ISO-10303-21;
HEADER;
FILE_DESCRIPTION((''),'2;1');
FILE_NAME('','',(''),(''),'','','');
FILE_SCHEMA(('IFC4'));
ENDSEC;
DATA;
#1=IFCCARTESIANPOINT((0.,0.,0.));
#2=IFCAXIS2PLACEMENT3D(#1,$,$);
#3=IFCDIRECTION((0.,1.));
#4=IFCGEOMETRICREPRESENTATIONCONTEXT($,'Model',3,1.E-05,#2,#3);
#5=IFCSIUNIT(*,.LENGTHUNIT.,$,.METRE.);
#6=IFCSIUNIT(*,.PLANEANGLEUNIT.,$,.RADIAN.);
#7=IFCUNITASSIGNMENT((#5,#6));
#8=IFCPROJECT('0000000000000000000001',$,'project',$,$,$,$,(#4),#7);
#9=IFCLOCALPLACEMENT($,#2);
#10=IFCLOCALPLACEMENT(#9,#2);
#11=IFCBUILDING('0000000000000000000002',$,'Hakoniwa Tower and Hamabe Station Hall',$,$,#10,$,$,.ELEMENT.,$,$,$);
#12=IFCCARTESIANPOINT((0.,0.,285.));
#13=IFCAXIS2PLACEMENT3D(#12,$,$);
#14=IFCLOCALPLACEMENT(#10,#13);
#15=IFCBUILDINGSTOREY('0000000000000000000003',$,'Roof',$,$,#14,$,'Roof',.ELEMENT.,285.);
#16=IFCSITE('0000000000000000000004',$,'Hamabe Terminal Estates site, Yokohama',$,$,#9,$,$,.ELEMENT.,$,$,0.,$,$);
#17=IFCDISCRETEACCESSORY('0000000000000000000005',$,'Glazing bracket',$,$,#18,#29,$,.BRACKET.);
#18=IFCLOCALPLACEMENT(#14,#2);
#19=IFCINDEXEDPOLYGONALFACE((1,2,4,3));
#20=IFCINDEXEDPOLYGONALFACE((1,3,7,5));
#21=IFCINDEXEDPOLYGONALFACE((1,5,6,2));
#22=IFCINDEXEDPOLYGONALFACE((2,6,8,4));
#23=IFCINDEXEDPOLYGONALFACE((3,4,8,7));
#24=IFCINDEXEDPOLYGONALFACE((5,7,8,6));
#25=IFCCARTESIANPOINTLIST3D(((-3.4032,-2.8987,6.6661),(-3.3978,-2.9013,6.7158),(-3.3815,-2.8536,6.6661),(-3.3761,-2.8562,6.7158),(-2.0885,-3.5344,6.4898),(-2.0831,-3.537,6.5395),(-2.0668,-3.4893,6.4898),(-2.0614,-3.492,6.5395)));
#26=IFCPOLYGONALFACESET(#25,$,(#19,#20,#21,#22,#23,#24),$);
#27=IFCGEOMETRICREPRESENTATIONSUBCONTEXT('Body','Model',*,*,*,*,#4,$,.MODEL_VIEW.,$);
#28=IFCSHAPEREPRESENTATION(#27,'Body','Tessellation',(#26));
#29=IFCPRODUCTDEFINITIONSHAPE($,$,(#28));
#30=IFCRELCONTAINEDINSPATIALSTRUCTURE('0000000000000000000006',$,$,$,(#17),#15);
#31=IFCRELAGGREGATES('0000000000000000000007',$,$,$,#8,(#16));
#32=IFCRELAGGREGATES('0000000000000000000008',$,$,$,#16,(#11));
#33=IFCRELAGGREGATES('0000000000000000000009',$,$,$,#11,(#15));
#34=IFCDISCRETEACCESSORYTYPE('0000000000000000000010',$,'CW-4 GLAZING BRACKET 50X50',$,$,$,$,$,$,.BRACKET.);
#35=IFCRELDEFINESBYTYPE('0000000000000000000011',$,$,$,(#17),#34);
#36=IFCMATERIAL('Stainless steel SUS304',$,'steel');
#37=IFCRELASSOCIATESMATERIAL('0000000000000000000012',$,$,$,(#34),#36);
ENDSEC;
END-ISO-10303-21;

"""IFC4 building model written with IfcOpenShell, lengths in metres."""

from ifc_helpers import new_model, si_unit, direction, frame, origin, origin_2d, place, context, subcontext, project, spatial, rectangle, extrude, material, material_profile, profile_set, type_object, element, save


model = new_model("IFC4")

# Units and contexts
model_context = context("Model", 3, precision=1e-05, world=origin(), true_north=direction((0.0, 1.0)))
body_context = subcontext(model_context, "Body", "Model", "MODEL_VIEW")
ifc_project = project(units=[si_unit("LENGTHUNIT", "METRE"), si_unit("PLANEANGLEUNIT", "RADIAN")], contexts=[model_context])

# Site, building, storey
site_placement = place(None, origin())
site = spatial("IfcSite", under=ifc_project, at=site_placement, Name="Hamabe Terminal Estates site, Yokohama", CompositionType="ELEMENT", RefElevation=0.0)
building_placement = place(site_placement, origin())
building = spatial("IfcBuilding", under=site, at=building_placement, Name="Hakoniwa Tower and Hamabe Station Hall", CompositionType="ELEMENT")
storey_placement = place(building_placement, frame((0.0, 0.0, 285.0)))
storey = spatial("IfcBuildingStorey", under=building, at=storey_placement, Name="Roof", LongName="Roof", CompositionType="ELEMENT", Elevation=285.0)

# Discrete accessory
ifc_material_1 = material(Name="Stainless steel SUS304", Category="steel")
ifc_material_profile_1 = material_profile(ifc_material_1, rectangle(XDim=0.05, YDim=0.05, at=origin_2d()), Name="CW-4 GLAZING BRACKET 50X50")
ifc_profile_set_1 = profile_set([ifc_material_profile_1], Name="Stainless steel SUS304")
discrete_accessory_type = type_object("IfcDiscreteAccessoryType", Name="CW-4 GLAZING BRACKET 50X50", PredefinedType="BRACKET", material=ifc_profile_set_1)
discrete_accessory_1_placement = place(storey_placement, frame((-2.075, -3.5132, 6.5146), z_axis=(-0.89378, 0.432201, 0.119835), x_axis=(-0.435338, -0.900267, 0.0)))
element("IfcDiscreteAccessory", 1, at=discrete_accessory_1_placement, inside=storey, type_object=discrete_accessory_type, Name="Glazing bracket", PredefinedType="BRACKET", context=body_context, shape_type="SweptSolid", body=[
    extrude(rectangle(XDim=0.05, YDim=0.05, at=origin_2d()), origin(), (0.0, 0.0, 1.0), 1.4709),
])

save(model, "model.ifc")
